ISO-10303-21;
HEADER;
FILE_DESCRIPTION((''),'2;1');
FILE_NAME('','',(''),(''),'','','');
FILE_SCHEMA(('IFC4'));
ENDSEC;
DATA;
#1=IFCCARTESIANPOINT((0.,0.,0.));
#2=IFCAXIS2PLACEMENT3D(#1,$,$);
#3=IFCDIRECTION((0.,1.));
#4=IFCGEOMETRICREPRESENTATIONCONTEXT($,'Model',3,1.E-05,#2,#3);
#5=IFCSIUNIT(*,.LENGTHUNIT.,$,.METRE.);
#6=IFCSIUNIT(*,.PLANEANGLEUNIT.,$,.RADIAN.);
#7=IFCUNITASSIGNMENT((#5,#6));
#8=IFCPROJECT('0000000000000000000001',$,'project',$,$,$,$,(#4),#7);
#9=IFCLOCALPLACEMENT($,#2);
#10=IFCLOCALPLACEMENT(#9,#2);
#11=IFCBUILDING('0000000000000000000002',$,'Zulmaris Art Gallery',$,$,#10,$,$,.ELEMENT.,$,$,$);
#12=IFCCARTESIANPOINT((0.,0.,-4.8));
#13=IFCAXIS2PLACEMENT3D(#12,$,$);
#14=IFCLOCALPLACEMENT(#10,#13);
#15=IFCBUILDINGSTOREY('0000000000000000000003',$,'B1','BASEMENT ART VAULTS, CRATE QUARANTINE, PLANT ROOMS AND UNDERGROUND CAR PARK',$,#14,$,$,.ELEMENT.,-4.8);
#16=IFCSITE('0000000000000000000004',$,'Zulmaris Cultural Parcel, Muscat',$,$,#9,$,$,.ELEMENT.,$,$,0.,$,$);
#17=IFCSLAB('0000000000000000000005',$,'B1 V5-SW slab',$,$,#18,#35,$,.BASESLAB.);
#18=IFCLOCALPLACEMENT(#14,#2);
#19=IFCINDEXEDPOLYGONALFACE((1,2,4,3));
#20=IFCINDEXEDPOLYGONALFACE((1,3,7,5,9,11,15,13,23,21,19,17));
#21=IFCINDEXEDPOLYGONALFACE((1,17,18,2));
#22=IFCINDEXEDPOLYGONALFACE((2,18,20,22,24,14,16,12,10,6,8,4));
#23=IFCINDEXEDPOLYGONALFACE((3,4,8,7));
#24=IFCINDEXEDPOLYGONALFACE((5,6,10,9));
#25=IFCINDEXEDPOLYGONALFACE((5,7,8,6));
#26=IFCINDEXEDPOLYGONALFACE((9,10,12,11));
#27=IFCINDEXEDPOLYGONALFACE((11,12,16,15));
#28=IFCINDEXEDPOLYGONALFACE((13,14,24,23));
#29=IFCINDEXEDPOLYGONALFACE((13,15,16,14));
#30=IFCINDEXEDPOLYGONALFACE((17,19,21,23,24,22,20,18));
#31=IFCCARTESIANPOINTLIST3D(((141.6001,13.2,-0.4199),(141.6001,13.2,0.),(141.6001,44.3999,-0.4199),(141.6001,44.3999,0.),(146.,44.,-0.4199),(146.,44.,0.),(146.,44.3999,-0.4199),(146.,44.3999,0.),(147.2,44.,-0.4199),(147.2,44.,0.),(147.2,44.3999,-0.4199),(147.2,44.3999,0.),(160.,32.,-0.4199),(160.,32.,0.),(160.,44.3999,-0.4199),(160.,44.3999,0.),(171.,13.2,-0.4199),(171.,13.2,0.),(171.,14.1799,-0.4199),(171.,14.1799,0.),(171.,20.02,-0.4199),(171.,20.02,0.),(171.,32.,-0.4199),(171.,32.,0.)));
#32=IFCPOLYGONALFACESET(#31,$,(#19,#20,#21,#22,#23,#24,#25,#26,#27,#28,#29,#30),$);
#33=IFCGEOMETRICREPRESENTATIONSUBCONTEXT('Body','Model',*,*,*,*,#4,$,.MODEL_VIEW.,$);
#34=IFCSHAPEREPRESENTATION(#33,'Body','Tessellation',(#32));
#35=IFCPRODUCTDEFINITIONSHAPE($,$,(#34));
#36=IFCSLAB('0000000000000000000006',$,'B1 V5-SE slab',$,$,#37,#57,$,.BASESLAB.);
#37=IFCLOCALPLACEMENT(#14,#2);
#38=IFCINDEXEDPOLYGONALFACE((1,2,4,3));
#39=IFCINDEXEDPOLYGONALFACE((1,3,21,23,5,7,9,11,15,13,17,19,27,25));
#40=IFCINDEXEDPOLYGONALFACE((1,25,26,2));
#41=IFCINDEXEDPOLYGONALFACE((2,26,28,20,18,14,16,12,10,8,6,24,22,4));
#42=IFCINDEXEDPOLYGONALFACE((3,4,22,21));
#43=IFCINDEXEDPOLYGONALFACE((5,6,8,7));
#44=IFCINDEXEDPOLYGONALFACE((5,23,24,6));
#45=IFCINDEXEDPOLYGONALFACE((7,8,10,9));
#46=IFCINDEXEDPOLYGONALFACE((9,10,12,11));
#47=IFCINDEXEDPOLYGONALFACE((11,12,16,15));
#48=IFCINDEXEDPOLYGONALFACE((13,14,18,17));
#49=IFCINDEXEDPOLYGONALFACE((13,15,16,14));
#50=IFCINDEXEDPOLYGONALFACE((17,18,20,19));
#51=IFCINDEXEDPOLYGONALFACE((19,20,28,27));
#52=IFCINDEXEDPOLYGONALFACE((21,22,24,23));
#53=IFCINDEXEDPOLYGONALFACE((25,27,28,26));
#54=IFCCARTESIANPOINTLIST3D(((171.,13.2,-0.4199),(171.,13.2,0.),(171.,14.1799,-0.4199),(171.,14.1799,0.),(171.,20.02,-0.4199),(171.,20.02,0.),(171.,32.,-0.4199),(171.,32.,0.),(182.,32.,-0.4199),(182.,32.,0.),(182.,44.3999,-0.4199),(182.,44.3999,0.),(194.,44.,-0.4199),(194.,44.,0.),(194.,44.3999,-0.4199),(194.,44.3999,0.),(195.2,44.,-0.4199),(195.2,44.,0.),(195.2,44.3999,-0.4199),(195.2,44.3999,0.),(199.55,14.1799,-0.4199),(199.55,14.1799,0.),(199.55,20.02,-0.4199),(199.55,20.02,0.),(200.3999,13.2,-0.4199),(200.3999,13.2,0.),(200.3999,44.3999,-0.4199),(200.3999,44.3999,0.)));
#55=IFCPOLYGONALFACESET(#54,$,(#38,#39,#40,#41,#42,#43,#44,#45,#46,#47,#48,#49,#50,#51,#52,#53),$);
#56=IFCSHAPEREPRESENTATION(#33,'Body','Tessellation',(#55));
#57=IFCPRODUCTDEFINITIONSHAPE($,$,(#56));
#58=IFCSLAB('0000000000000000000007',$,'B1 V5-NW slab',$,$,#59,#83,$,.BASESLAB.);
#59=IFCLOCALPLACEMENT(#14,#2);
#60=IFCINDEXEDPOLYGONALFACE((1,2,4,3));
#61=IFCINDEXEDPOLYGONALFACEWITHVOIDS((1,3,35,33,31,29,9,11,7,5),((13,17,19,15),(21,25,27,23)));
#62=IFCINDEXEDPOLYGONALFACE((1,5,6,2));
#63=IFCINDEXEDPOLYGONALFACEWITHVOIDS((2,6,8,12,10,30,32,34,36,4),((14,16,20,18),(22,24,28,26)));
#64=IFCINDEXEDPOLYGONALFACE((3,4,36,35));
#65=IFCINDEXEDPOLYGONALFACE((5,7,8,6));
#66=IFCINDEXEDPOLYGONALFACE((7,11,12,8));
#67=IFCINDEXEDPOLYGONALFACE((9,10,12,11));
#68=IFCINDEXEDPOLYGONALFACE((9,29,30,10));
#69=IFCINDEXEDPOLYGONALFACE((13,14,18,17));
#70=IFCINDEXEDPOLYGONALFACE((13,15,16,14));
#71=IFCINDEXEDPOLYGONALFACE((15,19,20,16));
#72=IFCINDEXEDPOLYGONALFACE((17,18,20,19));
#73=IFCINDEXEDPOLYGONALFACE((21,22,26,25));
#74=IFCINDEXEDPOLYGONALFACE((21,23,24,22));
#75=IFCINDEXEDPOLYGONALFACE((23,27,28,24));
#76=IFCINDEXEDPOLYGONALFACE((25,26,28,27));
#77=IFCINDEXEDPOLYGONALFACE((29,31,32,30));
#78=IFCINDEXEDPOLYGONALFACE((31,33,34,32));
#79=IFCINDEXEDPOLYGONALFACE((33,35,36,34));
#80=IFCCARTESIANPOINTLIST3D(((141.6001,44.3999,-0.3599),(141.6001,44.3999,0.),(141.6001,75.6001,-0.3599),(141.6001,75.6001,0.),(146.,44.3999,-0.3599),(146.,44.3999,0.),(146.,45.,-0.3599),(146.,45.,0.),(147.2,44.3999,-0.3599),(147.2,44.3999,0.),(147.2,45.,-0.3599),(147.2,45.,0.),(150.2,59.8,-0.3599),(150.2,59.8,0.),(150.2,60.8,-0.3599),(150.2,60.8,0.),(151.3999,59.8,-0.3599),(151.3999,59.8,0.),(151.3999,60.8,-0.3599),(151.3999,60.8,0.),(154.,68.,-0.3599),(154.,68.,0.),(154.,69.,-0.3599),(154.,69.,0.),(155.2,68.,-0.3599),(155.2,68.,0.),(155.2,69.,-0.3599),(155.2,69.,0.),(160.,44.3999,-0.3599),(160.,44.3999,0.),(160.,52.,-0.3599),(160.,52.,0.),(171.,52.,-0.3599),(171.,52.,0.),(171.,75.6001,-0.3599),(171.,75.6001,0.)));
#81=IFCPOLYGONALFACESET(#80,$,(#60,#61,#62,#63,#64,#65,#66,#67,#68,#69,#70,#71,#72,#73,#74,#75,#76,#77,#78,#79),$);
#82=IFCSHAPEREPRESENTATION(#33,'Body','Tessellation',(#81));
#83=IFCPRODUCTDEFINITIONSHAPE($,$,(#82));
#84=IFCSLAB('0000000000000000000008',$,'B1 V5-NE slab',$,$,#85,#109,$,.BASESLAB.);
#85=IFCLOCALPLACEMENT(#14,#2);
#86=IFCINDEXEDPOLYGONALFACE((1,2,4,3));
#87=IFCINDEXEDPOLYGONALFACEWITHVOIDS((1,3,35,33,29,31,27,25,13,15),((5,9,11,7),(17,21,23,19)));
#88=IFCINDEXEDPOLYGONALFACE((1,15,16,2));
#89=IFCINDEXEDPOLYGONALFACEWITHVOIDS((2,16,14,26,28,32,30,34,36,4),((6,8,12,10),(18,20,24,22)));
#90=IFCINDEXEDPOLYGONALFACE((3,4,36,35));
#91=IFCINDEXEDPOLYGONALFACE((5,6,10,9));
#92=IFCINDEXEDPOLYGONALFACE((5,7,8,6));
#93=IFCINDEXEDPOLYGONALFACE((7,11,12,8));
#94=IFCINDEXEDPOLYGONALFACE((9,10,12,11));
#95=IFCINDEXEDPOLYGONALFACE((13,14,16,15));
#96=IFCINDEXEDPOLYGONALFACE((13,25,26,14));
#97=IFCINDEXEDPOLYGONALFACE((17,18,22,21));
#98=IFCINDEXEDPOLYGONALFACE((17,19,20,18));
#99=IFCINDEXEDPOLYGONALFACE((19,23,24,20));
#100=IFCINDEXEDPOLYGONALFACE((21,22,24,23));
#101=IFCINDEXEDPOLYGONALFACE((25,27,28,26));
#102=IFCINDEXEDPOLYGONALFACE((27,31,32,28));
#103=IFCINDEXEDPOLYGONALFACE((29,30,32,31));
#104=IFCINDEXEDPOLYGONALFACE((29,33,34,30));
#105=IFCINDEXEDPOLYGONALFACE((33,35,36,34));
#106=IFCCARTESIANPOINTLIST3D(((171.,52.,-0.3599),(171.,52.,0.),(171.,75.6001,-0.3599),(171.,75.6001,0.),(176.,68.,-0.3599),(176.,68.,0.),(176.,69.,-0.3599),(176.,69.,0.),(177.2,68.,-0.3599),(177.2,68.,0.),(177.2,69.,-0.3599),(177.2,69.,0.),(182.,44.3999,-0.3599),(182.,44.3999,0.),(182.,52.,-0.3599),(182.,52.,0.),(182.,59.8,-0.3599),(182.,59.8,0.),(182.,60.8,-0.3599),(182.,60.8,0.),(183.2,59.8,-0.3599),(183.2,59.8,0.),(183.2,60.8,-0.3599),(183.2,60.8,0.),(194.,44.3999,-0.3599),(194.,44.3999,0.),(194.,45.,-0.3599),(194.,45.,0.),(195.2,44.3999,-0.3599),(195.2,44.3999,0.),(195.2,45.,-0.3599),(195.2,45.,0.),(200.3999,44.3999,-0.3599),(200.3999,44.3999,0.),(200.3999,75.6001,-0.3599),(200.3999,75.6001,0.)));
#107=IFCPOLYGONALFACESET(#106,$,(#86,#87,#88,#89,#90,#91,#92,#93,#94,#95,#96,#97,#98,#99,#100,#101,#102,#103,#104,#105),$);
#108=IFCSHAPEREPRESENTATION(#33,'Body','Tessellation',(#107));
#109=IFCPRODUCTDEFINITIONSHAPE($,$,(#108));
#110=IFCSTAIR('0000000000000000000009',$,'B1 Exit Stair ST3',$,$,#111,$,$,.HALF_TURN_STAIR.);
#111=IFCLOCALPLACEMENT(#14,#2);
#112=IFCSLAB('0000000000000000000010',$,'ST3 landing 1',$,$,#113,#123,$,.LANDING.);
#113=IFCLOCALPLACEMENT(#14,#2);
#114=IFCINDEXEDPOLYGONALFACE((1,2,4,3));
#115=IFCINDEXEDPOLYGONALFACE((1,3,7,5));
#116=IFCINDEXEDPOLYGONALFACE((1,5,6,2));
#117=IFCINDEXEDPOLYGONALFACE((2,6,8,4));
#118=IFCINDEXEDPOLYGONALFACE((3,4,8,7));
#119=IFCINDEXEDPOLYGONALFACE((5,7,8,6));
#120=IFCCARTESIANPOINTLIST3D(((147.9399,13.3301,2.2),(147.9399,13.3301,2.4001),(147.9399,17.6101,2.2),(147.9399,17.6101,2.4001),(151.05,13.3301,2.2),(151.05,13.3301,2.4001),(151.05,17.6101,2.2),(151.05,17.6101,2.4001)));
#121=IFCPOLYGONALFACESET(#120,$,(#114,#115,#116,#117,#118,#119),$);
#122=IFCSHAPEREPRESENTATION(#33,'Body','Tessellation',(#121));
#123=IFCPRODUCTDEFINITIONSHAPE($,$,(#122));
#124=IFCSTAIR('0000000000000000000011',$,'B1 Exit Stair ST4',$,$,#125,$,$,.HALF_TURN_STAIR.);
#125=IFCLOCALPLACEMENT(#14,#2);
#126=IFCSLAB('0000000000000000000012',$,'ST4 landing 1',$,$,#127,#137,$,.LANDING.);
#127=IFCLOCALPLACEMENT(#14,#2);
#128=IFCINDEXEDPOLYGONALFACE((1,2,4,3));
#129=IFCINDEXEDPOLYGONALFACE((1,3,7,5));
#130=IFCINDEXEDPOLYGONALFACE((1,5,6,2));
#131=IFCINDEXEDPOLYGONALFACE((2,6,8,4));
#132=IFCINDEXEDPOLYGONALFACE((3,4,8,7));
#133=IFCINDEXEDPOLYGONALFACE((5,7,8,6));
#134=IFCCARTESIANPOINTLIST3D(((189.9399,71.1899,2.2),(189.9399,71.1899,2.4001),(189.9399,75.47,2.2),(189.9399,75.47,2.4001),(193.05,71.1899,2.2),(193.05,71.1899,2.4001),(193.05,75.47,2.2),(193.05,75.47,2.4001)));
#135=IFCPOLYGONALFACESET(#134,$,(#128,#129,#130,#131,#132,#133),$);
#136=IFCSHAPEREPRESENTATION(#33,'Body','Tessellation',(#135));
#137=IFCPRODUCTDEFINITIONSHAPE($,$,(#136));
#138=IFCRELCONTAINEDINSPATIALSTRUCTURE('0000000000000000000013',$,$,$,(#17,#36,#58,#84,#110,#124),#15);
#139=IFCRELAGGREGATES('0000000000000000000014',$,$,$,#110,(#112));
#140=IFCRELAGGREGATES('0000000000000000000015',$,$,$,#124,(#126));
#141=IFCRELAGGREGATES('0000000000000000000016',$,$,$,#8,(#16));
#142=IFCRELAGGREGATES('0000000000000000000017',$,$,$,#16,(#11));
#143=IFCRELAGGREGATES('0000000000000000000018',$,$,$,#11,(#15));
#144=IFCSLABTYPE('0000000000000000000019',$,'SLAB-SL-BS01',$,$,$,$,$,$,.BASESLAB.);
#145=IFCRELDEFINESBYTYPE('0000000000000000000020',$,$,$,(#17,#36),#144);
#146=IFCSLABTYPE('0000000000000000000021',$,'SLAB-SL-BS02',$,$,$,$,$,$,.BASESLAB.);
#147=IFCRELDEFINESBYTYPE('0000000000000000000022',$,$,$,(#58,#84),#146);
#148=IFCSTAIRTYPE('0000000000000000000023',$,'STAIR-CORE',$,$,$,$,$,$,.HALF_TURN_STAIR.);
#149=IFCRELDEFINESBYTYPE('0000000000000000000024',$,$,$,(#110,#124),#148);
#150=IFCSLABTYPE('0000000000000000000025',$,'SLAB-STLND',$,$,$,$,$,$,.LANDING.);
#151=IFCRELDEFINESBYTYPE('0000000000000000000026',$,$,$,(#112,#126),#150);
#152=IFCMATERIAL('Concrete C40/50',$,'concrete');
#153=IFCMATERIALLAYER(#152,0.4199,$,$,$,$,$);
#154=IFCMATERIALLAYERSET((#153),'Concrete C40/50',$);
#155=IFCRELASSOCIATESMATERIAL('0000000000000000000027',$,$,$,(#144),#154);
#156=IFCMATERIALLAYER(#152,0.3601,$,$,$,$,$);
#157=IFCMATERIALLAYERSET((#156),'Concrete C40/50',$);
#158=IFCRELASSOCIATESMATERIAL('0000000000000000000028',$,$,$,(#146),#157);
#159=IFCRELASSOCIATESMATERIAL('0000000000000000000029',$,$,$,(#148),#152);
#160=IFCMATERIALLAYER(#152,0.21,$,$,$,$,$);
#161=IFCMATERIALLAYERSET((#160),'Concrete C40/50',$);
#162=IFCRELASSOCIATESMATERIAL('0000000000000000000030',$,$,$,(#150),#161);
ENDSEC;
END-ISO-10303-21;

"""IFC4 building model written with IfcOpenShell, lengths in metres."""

from ifc_helpers import new_model, si_unit, direction, frame, origin, place, context, subcontext, project, spatial, polyline, outline, extrude, material, layer, layer_set, type_object, element, aggregate, save


model = new_model("IFC4")

# Units and contexts
model_context = context("Model", 3, precision=1e-05, world=origin(), true_north=direction((0.0, 1.0)))
body_context = subcontext(model_context, "Body", "Model", "MODEL_VIEW")
ifc_project = project(units=[si_unit("LENGTHUNIT", "METRE"), si_unit("PLANEANGLEUNIT", "RADIAN")], contexts=[model_context])

# Site, building, storey
site_placement = place(None, origin())
site = spatial("IfcSite", under=ifc_project, at=site_placement, Name="Zulmaris Cultural Parcel, Muscat", CompositionType="ELEMENT", RefElevation=0.0)
building_placement = place(site_placement, origin())
building = spatial("IfcBuilding", under=site, at=building_placement, Name="Zulmaris Art Gallery", CompositionType="ELEMENT")
storey_placement = place(building_placement, frame((0.0, 0.0, -4.8)))
storey = spatial("IfcBuildingStorey", under=building, at=storey_placement, Name="B1", Description="BASEMENT ART VAULTS, CRATE QUARANTINE, PLANT ROOMS AND UNDERGROUND CAR PARK", CompositionType="ELEMENT", Elevation=-4.8)

# Shared definitions
ifc_material_1 = material(Name="Concrete C40/50", Category="concrete")

# Slabs
ifc_layer_1 = layer(ifc_material_1, 0.4199)
ifc_layer_set_1 = layer_set([ifc_layer_1], Name="Concrete C40/50")
slab_type_1 = type_object("IfcSlabType", Name="SLAB-SL-BS01", PredefinedType="BASESLAB", material=ifc_layer_set_1)
slab_1_placement = place(storey_placement, frame((0.0, 0.0, -0.4199)))
element("IfcSlab", 1, at=slab_1_placement, inside=storey, type_object=slab_type_1, Name="B1 V5-SW slab", PredefinedType="BASESLAB", context=body_context, shape_type="SweptSolid", body=[
    extrude(outline(polyline([(146.0, 44.3999), (146.0, 44.0), (147.2, 44.0), (147.2, 44.3999), (160.0, 44.3999), (160.0, 32.0), (171.0, 32.0), (171.0, 20.02), (171.0, 14.1799), (171.0, 13.2), (141.6001, 13.2), (141.6001, 44.3999), (146.0, 44.3999)])), origin(), (0.0, 0.0, 1.0), 0.4199),
])
slab_2_placement = place(storey_placement, frame((0.0, 0.0, -0.4199)))
element("IfcSlab", 2, at=slab_2_placement, inside=storey, type_object=slab_type_1, Name="B1 V5-SE slab", PredefinedType="BASESLAB", context=body_context, shape_type="SweptSolid", body=[
    extrude(outline(polyline([(171.0, 13.2), (171.0, 14.1799), (199.55, 14.1799), (199.55, 20.02), (171.0, 20.02), (171.0, 32.0), (182.0, 32.0), (182.0, 44.3999), (194.0, 44.3999), (194.0, 44.0), (195.2, 44.0), (195.2, 44.3999), (200.3999, 44.3999), (200.3999, 13.2), (171.0, 13.2)])), origin(), (0.0, 0.0, 1.0), 0.4199),
])
ifc_layer_2 = layer(ifc_material_1, 0.3601)
ifc_layer_set_2 = layer_set([ifc_layer_2], Name="Concrete C40/50")
slab_type_2 = type_object("IfcSlabType", Name="SLAB-SL-BS02", PredefinedType="BASESLAB", material=ifc_layer_set_2)
slab_3_placement = place(storey_placement, frame((0.0, 0.0, -0.3599)))
element("IfcSlab", 3, at=slab_3_placement, inside=storey, type_object=slab_type_2, Name="B1 V5-NW slab", PredefinedType="BASESLAB", context=body_context, shape_type="SweptSolid", body=[
    extrude(outline(polyline([(171.0, 75.6001), (171.0, 52.0), (160.0, 52.0), (160.0, 44.3999), (147.2, 44.3999), (147.2, 45.0), (146.0, 45.0), (146.0, 44.3999), (141.6001, 44.3999), (141.6001, 75.6001), (171.0, 75.6001)]), holes=[polyline([(151.3999, 60.8), (150.2, 60.8), (150.2, 59.8), (151.3999, 59.8), (151.3999, 60.8)]), polyline([(155.2, 68.0), (155.2, 69.0), (154.0, 69.0), (154.0, 68.0), (155.2, 68.0)])]), origin(), (0.0, 0.0, 1.0), 0.3599),
])
slab_4_placement = place(storey_placement, frame((0.0, 0.0, -0.3599)))
element("IfcSlab", 4, at=slab_4_placement, inside=storey, type_object=slab_type_2, Name="B1 V5-NE slab", PredefinedType="BASESLAB", context=body_context, shape_type="SweptSolid", body=[
    extrude(outline(polyline([(200.3999, 44.3999), (195.2, 44.3999), (195.2, 45.0), (194.0, 45.0), (194.0, 44.3999), (182.0, 44.3999), (182.0, 52.0), (171.0, 52.0), (171.0, 75.6001), (200.3999, 75.6001), (200.3999, 44.3999)]), holes=[polyline([(183.2, 60.8), (182.0, 60.8), (182.0, 59.8), (183.2, 59.8), (183.2, 60.8)]), polyline([(177.2, 68.0), (177.2, 69.0), (176.0, 69.0), (176.0, 68.0), (177.2, 68.0)])]), origin(), (0.0, 0.0, 1.0), 0.3599),
])

# Stairs, slabs
stair_type = type_object("IfcStairType", Name="STAIR-CORE", PredefinedType="HALF_TURN_STAIR", material=ifc_material_1)
stair_1_placement = place(storey_placement, origin())
stair_1 = element("IfcStair", 5, at=stair_1_placement, inside=storey, type_object=stair_type, Name="B1 Exit Stair ST3", PredefinedType="HALF_TURN_STAIR")
ifc_layer_3 = layer(ifc_material_1, 0.21)
ifc_layer_set_3 = layer_set([ifc_layer_3], Name="Concrete C40/50")
slab_type_3 = type_object("IfcSlabType", Name="SLAB-STLND", PredefinedType="LANDING", material=ifc_layer_set_3)
slab_5_placement = place(storey_placement, frame((0.0, 0.0, 2.2)))
slab_5 = element("IfcSlab", 6, at=slab_5_placement, type_object=slab_type_3, Name="ST3 landing 1", PredefinedType="LANDING", context=body_context, shape_type="SweptSolid", body=[
    extrude(outline(polyline([(147.9399, 13.3301), (151.05, 13.3301), (151.05, 17.6101), (147.9399, 17.6101), (147.9399, 13.3301)])), origin(), (0.0, 0.0, 1.0), 0.2002),
])
aggregate(stair_1, [slab_5])
stair_2_placement = place(storey_placement, origin())
stair_2 = element("IfcStair", 7, at=stair_2_placement, inside=storey, type_object=stair_type, Name="B1 Exit Stair ST4", PredefinedType="HALF_TURN_STAIR")
slab_6_placement = place(storey_placement, frame((0.0, 0.0, 2.2)))
slab_6 = element("IfcSlab", 8, at=slab_6_placement, type_object=slab_type_3, Name="ST4 landing 1", PredefinedType="LANDING", context=body_context, shape_type="SweptSolid", body=[
    extrude(outline(polyline([(189.9399, 71.1899), (193.05, 71.1899), (193.05, 75.47), (189.9399, 75.47), (189.9399, 71.1899)])), origin(), (0.0, 0.0, 1.0), 0.2002),
])
aggregate(stair_2, [slab_6])

save(model, "model.ifc")
